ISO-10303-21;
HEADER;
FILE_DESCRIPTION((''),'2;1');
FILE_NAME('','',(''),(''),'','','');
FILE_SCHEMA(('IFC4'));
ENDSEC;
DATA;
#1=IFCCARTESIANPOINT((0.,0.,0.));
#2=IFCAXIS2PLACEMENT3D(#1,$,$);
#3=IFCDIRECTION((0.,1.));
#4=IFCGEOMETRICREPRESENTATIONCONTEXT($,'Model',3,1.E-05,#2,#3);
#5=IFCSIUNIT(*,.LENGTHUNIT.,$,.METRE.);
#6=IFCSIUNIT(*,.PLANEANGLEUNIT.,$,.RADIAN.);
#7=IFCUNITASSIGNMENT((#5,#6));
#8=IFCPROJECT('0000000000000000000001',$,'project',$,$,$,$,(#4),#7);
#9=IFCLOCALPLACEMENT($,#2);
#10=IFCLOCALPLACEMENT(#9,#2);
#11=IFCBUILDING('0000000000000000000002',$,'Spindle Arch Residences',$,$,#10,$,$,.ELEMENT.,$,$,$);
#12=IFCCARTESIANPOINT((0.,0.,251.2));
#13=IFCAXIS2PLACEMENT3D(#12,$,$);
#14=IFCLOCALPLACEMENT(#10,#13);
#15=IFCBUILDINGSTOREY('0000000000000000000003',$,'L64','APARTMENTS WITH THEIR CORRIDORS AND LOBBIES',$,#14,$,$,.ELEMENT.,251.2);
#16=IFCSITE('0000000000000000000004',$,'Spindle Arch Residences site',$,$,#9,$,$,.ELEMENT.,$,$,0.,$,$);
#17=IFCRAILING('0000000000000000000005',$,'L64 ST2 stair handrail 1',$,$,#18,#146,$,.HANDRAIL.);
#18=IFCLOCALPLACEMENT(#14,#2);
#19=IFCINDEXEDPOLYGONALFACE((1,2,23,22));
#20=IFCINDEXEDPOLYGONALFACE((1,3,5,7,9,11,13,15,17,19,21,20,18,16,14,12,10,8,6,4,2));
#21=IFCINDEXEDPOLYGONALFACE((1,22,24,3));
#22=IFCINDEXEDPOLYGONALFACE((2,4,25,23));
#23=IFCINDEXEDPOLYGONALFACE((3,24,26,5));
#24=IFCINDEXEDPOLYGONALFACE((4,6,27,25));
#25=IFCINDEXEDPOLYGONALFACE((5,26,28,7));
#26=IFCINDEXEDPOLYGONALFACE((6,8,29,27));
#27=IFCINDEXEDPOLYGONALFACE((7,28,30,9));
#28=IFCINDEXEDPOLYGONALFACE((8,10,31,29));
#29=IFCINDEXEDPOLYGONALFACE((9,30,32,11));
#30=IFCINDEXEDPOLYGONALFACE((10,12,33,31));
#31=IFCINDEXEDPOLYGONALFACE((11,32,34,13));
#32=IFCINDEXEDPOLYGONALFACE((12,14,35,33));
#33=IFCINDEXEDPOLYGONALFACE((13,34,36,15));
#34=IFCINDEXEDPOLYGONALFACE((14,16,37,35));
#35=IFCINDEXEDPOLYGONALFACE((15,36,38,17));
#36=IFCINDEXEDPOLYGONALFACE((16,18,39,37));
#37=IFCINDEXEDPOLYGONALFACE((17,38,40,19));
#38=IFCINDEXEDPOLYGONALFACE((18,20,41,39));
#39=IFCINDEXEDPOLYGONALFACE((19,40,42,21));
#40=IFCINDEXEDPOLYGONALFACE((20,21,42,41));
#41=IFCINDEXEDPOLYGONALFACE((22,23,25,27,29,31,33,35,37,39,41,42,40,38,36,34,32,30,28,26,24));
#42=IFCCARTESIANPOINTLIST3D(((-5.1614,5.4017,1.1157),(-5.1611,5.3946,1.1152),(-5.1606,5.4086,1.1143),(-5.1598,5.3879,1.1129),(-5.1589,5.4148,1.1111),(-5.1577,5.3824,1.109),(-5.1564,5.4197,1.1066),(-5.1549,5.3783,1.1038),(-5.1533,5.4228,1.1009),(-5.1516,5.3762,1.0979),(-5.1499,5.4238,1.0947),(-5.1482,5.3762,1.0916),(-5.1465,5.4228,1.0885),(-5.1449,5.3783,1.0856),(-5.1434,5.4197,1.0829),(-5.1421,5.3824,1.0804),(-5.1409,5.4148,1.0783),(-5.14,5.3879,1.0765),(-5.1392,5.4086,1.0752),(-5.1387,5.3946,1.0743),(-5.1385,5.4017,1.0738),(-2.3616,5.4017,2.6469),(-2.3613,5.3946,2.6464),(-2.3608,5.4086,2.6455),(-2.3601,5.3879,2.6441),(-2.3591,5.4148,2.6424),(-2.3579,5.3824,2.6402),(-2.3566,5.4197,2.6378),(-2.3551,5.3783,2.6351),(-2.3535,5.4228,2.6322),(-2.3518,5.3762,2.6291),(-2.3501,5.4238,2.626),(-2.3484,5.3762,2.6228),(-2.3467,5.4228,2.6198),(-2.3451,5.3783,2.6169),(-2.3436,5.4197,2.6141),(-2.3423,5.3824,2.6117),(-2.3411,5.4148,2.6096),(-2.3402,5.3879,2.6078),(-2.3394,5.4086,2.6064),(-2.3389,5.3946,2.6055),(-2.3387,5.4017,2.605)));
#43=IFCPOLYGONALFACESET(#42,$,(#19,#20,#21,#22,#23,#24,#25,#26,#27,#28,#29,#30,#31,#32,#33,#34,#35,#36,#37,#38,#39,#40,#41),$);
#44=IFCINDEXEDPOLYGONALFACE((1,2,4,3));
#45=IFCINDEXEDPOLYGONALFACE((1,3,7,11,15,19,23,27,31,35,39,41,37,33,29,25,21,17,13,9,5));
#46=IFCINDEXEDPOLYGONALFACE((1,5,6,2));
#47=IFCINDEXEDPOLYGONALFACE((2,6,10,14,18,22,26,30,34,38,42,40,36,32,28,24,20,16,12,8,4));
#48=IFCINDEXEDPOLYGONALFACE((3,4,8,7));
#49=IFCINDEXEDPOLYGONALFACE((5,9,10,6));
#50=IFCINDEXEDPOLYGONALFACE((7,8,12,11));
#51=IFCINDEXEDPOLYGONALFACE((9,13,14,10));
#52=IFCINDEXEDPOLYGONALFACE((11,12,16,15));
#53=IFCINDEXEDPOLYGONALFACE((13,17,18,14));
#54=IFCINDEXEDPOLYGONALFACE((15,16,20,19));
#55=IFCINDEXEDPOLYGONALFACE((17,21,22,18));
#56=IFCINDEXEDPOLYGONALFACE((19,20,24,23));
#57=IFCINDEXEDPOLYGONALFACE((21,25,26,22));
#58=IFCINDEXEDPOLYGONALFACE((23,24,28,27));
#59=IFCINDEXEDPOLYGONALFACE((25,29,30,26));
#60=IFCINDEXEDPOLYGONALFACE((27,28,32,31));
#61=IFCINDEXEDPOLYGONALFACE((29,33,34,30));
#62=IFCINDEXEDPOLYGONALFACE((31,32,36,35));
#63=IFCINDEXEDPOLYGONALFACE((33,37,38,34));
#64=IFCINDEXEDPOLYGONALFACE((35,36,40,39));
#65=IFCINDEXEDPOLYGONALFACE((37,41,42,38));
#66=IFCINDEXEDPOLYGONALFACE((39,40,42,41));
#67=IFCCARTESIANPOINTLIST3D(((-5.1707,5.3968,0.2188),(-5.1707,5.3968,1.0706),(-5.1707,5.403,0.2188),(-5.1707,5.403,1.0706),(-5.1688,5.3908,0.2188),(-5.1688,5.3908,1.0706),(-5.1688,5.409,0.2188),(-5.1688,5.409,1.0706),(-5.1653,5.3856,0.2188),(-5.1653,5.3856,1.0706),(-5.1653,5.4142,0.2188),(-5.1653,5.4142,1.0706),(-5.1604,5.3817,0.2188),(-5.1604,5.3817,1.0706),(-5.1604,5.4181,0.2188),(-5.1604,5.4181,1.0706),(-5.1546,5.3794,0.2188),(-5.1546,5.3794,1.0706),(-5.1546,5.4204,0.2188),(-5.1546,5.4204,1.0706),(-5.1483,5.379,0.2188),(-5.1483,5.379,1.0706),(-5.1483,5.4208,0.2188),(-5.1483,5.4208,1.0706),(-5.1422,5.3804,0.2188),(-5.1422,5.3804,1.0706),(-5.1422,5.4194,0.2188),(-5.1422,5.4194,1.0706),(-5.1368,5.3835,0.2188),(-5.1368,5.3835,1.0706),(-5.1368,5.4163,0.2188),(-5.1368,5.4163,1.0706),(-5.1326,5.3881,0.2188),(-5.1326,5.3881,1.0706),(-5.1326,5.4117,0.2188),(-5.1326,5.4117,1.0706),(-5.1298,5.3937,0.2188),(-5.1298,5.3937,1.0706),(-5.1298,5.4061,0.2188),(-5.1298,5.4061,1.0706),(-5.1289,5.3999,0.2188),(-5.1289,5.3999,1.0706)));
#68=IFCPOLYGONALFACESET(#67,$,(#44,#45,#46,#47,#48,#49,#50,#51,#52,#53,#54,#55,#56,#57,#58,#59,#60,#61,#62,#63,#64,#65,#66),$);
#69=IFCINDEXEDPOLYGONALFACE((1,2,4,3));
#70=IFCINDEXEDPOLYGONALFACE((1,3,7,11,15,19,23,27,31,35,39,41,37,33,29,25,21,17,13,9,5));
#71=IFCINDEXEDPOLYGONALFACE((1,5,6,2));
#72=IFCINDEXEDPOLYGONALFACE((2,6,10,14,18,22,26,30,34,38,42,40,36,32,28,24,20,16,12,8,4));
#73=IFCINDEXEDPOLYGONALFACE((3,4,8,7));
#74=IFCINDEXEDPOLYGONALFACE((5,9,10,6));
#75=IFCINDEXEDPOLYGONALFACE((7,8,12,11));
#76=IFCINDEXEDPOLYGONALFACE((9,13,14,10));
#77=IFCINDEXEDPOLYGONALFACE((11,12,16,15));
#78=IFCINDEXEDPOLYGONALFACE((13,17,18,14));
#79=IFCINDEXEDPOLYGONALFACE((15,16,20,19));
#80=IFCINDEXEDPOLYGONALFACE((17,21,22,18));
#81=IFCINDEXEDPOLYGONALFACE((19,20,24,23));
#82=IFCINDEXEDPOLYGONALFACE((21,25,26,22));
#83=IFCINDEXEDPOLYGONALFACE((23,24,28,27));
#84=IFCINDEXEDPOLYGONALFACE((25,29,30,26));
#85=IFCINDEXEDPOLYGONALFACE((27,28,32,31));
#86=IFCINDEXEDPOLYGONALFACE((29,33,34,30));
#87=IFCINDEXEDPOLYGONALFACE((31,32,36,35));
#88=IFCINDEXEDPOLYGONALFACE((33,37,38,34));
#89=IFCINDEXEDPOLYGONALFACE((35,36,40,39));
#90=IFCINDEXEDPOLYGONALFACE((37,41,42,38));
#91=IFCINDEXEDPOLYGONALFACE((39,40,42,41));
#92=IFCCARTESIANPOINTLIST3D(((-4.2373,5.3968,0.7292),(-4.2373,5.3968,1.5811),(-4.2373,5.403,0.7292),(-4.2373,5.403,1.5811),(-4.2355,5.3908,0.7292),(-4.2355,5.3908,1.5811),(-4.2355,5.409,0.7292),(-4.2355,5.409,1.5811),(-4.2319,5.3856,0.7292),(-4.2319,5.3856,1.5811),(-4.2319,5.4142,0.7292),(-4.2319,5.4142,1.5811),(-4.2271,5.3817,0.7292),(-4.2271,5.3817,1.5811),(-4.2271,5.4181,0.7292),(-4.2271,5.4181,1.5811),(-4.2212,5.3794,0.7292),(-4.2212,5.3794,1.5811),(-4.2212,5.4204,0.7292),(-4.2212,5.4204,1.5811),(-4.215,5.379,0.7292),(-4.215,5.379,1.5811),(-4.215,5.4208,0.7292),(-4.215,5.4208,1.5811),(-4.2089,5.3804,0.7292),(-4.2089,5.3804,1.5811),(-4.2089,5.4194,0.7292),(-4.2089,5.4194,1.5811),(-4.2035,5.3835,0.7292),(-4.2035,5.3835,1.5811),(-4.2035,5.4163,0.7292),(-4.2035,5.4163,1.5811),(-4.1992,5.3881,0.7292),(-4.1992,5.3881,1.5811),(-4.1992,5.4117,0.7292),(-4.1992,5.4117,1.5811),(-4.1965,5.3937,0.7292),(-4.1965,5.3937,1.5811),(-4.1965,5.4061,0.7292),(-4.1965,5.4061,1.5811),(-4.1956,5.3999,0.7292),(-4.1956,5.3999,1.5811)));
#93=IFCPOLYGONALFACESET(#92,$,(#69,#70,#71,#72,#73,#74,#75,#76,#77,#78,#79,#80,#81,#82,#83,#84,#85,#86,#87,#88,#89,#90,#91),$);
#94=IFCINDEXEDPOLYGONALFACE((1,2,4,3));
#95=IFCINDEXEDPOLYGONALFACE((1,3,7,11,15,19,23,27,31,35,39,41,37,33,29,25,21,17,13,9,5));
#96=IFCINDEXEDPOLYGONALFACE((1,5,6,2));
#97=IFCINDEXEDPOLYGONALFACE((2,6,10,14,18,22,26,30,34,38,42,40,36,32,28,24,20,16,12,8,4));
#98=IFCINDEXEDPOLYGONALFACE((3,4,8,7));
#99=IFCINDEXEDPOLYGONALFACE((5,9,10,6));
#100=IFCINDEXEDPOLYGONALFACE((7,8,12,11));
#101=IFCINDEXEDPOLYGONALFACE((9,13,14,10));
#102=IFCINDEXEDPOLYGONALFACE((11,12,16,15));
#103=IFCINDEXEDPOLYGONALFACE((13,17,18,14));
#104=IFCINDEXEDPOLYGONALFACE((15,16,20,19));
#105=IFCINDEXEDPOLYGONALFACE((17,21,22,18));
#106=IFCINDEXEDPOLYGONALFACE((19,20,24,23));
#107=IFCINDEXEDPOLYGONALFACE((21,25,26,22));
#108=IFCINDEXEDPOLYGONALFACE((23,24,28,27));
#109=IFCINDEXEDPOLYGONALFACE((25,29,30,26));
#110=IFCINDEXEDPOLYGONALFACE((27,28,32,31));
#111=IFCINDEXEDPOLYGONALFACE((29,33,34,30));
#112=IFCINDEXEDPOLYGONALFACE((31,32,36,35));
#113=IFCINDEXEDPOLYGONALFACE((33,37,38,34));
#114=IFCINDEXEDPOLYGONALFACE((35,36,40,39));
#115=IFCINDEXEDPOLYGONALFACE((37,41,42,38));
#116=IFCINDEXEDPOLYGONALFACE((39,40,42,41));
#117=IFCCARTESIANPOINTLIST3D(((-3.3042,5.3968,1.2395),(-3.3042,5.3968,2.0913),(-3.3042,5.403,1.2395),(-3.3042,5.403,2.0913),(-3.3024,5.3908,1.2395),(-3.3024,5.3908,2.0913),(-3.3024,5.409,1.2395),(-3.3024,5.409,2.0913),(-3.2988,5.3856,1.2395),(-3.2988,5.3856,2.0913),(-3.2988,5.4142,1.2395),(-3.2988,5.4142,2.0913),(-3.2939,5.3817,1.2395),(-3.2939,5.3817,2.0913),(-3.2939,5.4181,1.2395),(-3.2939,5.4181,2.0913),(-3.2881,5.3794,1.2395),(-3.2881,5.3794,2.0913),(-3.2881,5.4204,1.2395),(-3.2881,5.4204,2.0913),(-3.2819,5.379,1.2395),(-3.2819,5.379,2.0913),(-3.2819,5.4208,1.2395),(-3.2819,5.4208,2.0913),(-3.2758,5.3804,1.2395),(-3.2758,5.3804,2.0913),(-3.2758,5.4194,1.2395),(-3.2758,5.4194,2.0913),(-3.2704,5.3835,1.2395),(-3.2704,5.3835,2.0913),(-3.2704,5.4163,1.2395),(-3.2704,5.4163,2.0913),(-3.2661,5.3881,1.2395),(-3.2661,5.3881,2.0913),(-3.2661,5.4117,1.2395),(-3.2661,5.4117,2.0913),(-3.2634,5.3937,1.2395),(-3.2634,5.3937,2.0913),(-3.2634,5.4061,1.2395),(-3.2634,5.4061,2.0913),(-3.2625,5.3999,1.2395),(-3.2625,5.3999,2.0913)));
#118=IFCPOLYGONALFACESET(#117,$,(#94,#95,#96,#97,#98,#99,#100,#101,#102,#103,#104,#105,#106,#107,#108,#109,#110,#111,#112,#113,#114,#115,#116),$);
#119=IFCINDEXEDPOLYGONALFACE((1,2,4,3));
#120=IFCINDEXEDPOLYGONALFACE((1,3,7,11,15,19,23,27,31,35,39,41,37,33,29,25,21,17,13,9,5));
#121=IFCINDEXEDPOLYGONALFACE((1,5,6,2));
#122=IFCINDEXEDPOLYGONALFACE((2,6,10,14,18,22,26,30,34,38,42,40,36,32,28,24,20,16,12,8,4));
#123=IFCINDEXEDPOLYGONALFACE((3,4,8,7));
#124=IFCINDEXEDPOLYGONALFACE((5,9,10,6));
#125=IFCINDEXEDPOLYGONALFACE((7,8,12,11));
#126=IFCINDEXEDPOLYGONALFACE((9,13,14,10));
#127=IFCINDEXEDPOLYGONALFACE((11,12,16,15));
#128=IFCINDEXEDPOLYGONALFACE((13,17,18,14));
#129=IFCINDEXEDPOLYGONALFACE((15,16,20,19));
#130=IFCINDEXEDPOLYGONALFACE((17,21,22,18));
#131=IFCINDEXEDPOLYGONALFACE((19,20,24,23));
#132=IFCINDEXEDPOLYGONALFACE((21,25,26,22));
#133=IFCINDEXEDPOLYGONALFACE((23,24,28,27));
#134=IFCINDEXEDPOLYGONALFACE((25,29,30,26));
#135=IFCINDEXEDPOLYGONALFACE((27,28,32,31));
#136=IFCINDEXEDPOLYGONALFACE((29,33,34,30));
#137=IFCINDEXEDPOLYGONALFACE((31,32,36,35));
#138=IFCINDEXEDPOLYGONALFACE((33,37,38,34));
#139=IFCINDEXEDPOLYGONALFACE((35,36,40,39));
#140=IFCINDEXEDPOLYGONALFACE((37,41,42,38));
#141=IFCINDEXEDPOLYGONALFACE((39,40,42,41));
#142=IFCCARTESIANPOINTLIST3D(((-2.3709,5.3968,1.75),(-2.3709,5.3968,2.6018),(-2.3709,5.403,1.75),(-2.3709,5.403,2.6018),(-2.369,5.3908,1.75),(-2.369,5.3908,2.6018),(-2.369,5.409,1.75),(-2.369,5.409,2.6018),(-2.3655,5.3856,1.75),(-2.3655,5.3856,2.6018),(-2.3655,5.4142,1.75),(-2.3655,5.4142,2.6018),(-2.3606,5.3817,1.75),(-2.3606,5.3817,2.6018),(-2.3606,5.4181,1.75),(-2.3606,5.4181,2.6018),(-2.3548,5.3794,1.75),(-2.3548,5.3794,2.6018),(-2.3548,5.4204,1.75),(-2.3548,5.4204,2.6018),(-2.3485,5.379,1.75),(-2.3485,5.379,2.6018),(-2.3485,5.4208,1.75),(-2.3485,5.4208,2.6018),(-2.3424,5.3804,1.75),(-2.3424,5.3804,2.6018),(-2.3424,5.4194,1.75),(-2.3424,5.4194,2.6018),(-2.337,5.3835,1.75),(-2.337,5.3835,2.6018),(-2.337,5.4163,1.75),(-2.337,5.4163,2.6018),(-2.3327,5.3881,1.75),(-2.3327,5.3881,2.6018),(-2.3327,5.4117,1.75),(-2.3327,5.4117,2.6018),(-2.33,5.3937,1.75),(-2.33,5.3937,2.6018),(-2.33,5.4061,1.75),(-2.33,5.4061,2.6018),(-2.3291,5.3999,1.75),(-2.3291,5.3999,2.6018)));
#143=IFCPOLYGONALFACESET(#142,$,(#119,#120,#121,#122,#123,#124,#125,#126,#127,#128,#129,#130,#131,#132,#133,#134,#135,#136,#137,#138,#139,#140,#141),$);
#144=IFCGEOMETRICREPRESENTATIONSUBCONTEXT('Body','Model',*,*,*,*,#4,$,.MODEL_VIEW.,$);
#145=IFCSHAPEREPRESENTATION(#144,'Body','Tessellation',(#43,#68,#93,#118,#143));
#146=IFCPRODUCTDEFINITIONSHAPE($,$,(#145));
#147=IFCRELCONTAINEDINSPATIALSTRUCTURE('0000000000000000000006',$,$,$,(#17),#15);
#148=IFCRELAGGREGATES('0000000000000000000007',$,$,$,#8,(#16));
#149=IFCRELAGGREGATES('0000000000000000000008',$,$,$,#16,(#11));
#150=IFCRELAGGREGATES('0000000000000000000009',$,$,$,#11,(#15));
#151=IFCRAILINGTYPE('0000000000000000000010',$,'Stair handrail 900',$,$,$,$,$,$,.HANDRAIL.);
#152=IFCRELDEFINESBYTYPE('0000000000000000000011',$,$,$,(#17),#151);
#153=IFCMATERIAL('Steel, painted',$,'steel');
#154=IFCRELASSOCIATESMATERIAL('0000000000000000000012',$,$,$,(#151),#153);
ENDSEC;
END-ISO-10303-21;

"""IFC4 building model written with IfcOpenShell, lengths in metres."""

from ifc_helpers import new_model, si_unit, direction, frame, origin, origin_2d, place, context, subcontext, project, spatial, circle, extrude, material, type_object, element, save


model = new_model("IFC4")

# Units and contexts
model_context = context("Model", 3, precision=1e-05, world=origin(), true_north=direction((0.0, 1.0)))
body_context = subcontext(model_context, "Body", "Model", "MODEL_VIEW")
ifc_project = project(units=[si_unit("LENGTHUNIT", "METRE"), si_unit("PLANEANGLEUNIT", "RADIAN")], contexts=[model_context])

# Site, building, storey
site_placement = place(None, origin())
site = spatial("IfcSite", under=ifc_project, at=site_placement, Name="Spindle Arch Residences site", CompositionType="ELEMENT", RefElevation=0.0)
building_placement = place(site_placement, origin())
building = spatial("IfcBuilding", under=site, at=building_placement, Name="Spindle Arch Residences", CompositionType="ELEMENT")
storey_placement = place(building_placement, frame((0.0, 0.0, 251.2)))
storey = spatial("IfcBuildingStorey", under=building, at=storey_placement, Name="L64", Description="APARTMENTS WITH THEIR CORRIDORS AND LOBBIES", CompositionType="ELEMENT", Elevation=251.2)

# Railing
ifc_material_1 = material(Name="Steel, painted", Category="steel")
railing_type_1 = type_object("IfcRailingType", Name="Stair handrail 900", PredefinedType="HANDRAIL", material=ifc_material_1)
railing_1_placement = place(storey_placement, frame((-5.1499, 5.3999, 0.2188)))
element("IfcRailing", 1, at=railing_1_placement, inside=storey, type_object=railing_type_1, Name="L64 ST2 stair handrail 1", PredefinedType="HANDRAIL", context=body_context, shape_type="SweptSolid", body=[
    extrude(circle(Radius=0.0239, at=origin_2d()), frame((0.0, 0.0, 0.876), z_axis=(0.877357, 0.0, 0.479838), x_axis=(0.0, 1.0, 0.0)), (0.0, 0.0, 1.0), 3.1912),
    extrude(circle(Radius=0.021, at=origin_2d()), origin(), (0.0, 0.0, 1.0), 0.8518),
    extrude(circle(Radius=0.021, at=origin_2d()), frame((0.9333, 0.0, 0.5105)), (0.0, 0.0, 1.0), 0.8518),
    extrude(circle(Radius=0.021, at=origin_2d()), frame((1.8665, 0.0, 1.0208)), (0.0, 0.0, 1.0), 0.8518),
    extrude(circle(Radius=0.021, at=origin_2d()), frame((2.7998, 0.0, 1.5312)), (0.0, 0.0, 1.0), 0.8518),
])

save(model, "model.ifc")
